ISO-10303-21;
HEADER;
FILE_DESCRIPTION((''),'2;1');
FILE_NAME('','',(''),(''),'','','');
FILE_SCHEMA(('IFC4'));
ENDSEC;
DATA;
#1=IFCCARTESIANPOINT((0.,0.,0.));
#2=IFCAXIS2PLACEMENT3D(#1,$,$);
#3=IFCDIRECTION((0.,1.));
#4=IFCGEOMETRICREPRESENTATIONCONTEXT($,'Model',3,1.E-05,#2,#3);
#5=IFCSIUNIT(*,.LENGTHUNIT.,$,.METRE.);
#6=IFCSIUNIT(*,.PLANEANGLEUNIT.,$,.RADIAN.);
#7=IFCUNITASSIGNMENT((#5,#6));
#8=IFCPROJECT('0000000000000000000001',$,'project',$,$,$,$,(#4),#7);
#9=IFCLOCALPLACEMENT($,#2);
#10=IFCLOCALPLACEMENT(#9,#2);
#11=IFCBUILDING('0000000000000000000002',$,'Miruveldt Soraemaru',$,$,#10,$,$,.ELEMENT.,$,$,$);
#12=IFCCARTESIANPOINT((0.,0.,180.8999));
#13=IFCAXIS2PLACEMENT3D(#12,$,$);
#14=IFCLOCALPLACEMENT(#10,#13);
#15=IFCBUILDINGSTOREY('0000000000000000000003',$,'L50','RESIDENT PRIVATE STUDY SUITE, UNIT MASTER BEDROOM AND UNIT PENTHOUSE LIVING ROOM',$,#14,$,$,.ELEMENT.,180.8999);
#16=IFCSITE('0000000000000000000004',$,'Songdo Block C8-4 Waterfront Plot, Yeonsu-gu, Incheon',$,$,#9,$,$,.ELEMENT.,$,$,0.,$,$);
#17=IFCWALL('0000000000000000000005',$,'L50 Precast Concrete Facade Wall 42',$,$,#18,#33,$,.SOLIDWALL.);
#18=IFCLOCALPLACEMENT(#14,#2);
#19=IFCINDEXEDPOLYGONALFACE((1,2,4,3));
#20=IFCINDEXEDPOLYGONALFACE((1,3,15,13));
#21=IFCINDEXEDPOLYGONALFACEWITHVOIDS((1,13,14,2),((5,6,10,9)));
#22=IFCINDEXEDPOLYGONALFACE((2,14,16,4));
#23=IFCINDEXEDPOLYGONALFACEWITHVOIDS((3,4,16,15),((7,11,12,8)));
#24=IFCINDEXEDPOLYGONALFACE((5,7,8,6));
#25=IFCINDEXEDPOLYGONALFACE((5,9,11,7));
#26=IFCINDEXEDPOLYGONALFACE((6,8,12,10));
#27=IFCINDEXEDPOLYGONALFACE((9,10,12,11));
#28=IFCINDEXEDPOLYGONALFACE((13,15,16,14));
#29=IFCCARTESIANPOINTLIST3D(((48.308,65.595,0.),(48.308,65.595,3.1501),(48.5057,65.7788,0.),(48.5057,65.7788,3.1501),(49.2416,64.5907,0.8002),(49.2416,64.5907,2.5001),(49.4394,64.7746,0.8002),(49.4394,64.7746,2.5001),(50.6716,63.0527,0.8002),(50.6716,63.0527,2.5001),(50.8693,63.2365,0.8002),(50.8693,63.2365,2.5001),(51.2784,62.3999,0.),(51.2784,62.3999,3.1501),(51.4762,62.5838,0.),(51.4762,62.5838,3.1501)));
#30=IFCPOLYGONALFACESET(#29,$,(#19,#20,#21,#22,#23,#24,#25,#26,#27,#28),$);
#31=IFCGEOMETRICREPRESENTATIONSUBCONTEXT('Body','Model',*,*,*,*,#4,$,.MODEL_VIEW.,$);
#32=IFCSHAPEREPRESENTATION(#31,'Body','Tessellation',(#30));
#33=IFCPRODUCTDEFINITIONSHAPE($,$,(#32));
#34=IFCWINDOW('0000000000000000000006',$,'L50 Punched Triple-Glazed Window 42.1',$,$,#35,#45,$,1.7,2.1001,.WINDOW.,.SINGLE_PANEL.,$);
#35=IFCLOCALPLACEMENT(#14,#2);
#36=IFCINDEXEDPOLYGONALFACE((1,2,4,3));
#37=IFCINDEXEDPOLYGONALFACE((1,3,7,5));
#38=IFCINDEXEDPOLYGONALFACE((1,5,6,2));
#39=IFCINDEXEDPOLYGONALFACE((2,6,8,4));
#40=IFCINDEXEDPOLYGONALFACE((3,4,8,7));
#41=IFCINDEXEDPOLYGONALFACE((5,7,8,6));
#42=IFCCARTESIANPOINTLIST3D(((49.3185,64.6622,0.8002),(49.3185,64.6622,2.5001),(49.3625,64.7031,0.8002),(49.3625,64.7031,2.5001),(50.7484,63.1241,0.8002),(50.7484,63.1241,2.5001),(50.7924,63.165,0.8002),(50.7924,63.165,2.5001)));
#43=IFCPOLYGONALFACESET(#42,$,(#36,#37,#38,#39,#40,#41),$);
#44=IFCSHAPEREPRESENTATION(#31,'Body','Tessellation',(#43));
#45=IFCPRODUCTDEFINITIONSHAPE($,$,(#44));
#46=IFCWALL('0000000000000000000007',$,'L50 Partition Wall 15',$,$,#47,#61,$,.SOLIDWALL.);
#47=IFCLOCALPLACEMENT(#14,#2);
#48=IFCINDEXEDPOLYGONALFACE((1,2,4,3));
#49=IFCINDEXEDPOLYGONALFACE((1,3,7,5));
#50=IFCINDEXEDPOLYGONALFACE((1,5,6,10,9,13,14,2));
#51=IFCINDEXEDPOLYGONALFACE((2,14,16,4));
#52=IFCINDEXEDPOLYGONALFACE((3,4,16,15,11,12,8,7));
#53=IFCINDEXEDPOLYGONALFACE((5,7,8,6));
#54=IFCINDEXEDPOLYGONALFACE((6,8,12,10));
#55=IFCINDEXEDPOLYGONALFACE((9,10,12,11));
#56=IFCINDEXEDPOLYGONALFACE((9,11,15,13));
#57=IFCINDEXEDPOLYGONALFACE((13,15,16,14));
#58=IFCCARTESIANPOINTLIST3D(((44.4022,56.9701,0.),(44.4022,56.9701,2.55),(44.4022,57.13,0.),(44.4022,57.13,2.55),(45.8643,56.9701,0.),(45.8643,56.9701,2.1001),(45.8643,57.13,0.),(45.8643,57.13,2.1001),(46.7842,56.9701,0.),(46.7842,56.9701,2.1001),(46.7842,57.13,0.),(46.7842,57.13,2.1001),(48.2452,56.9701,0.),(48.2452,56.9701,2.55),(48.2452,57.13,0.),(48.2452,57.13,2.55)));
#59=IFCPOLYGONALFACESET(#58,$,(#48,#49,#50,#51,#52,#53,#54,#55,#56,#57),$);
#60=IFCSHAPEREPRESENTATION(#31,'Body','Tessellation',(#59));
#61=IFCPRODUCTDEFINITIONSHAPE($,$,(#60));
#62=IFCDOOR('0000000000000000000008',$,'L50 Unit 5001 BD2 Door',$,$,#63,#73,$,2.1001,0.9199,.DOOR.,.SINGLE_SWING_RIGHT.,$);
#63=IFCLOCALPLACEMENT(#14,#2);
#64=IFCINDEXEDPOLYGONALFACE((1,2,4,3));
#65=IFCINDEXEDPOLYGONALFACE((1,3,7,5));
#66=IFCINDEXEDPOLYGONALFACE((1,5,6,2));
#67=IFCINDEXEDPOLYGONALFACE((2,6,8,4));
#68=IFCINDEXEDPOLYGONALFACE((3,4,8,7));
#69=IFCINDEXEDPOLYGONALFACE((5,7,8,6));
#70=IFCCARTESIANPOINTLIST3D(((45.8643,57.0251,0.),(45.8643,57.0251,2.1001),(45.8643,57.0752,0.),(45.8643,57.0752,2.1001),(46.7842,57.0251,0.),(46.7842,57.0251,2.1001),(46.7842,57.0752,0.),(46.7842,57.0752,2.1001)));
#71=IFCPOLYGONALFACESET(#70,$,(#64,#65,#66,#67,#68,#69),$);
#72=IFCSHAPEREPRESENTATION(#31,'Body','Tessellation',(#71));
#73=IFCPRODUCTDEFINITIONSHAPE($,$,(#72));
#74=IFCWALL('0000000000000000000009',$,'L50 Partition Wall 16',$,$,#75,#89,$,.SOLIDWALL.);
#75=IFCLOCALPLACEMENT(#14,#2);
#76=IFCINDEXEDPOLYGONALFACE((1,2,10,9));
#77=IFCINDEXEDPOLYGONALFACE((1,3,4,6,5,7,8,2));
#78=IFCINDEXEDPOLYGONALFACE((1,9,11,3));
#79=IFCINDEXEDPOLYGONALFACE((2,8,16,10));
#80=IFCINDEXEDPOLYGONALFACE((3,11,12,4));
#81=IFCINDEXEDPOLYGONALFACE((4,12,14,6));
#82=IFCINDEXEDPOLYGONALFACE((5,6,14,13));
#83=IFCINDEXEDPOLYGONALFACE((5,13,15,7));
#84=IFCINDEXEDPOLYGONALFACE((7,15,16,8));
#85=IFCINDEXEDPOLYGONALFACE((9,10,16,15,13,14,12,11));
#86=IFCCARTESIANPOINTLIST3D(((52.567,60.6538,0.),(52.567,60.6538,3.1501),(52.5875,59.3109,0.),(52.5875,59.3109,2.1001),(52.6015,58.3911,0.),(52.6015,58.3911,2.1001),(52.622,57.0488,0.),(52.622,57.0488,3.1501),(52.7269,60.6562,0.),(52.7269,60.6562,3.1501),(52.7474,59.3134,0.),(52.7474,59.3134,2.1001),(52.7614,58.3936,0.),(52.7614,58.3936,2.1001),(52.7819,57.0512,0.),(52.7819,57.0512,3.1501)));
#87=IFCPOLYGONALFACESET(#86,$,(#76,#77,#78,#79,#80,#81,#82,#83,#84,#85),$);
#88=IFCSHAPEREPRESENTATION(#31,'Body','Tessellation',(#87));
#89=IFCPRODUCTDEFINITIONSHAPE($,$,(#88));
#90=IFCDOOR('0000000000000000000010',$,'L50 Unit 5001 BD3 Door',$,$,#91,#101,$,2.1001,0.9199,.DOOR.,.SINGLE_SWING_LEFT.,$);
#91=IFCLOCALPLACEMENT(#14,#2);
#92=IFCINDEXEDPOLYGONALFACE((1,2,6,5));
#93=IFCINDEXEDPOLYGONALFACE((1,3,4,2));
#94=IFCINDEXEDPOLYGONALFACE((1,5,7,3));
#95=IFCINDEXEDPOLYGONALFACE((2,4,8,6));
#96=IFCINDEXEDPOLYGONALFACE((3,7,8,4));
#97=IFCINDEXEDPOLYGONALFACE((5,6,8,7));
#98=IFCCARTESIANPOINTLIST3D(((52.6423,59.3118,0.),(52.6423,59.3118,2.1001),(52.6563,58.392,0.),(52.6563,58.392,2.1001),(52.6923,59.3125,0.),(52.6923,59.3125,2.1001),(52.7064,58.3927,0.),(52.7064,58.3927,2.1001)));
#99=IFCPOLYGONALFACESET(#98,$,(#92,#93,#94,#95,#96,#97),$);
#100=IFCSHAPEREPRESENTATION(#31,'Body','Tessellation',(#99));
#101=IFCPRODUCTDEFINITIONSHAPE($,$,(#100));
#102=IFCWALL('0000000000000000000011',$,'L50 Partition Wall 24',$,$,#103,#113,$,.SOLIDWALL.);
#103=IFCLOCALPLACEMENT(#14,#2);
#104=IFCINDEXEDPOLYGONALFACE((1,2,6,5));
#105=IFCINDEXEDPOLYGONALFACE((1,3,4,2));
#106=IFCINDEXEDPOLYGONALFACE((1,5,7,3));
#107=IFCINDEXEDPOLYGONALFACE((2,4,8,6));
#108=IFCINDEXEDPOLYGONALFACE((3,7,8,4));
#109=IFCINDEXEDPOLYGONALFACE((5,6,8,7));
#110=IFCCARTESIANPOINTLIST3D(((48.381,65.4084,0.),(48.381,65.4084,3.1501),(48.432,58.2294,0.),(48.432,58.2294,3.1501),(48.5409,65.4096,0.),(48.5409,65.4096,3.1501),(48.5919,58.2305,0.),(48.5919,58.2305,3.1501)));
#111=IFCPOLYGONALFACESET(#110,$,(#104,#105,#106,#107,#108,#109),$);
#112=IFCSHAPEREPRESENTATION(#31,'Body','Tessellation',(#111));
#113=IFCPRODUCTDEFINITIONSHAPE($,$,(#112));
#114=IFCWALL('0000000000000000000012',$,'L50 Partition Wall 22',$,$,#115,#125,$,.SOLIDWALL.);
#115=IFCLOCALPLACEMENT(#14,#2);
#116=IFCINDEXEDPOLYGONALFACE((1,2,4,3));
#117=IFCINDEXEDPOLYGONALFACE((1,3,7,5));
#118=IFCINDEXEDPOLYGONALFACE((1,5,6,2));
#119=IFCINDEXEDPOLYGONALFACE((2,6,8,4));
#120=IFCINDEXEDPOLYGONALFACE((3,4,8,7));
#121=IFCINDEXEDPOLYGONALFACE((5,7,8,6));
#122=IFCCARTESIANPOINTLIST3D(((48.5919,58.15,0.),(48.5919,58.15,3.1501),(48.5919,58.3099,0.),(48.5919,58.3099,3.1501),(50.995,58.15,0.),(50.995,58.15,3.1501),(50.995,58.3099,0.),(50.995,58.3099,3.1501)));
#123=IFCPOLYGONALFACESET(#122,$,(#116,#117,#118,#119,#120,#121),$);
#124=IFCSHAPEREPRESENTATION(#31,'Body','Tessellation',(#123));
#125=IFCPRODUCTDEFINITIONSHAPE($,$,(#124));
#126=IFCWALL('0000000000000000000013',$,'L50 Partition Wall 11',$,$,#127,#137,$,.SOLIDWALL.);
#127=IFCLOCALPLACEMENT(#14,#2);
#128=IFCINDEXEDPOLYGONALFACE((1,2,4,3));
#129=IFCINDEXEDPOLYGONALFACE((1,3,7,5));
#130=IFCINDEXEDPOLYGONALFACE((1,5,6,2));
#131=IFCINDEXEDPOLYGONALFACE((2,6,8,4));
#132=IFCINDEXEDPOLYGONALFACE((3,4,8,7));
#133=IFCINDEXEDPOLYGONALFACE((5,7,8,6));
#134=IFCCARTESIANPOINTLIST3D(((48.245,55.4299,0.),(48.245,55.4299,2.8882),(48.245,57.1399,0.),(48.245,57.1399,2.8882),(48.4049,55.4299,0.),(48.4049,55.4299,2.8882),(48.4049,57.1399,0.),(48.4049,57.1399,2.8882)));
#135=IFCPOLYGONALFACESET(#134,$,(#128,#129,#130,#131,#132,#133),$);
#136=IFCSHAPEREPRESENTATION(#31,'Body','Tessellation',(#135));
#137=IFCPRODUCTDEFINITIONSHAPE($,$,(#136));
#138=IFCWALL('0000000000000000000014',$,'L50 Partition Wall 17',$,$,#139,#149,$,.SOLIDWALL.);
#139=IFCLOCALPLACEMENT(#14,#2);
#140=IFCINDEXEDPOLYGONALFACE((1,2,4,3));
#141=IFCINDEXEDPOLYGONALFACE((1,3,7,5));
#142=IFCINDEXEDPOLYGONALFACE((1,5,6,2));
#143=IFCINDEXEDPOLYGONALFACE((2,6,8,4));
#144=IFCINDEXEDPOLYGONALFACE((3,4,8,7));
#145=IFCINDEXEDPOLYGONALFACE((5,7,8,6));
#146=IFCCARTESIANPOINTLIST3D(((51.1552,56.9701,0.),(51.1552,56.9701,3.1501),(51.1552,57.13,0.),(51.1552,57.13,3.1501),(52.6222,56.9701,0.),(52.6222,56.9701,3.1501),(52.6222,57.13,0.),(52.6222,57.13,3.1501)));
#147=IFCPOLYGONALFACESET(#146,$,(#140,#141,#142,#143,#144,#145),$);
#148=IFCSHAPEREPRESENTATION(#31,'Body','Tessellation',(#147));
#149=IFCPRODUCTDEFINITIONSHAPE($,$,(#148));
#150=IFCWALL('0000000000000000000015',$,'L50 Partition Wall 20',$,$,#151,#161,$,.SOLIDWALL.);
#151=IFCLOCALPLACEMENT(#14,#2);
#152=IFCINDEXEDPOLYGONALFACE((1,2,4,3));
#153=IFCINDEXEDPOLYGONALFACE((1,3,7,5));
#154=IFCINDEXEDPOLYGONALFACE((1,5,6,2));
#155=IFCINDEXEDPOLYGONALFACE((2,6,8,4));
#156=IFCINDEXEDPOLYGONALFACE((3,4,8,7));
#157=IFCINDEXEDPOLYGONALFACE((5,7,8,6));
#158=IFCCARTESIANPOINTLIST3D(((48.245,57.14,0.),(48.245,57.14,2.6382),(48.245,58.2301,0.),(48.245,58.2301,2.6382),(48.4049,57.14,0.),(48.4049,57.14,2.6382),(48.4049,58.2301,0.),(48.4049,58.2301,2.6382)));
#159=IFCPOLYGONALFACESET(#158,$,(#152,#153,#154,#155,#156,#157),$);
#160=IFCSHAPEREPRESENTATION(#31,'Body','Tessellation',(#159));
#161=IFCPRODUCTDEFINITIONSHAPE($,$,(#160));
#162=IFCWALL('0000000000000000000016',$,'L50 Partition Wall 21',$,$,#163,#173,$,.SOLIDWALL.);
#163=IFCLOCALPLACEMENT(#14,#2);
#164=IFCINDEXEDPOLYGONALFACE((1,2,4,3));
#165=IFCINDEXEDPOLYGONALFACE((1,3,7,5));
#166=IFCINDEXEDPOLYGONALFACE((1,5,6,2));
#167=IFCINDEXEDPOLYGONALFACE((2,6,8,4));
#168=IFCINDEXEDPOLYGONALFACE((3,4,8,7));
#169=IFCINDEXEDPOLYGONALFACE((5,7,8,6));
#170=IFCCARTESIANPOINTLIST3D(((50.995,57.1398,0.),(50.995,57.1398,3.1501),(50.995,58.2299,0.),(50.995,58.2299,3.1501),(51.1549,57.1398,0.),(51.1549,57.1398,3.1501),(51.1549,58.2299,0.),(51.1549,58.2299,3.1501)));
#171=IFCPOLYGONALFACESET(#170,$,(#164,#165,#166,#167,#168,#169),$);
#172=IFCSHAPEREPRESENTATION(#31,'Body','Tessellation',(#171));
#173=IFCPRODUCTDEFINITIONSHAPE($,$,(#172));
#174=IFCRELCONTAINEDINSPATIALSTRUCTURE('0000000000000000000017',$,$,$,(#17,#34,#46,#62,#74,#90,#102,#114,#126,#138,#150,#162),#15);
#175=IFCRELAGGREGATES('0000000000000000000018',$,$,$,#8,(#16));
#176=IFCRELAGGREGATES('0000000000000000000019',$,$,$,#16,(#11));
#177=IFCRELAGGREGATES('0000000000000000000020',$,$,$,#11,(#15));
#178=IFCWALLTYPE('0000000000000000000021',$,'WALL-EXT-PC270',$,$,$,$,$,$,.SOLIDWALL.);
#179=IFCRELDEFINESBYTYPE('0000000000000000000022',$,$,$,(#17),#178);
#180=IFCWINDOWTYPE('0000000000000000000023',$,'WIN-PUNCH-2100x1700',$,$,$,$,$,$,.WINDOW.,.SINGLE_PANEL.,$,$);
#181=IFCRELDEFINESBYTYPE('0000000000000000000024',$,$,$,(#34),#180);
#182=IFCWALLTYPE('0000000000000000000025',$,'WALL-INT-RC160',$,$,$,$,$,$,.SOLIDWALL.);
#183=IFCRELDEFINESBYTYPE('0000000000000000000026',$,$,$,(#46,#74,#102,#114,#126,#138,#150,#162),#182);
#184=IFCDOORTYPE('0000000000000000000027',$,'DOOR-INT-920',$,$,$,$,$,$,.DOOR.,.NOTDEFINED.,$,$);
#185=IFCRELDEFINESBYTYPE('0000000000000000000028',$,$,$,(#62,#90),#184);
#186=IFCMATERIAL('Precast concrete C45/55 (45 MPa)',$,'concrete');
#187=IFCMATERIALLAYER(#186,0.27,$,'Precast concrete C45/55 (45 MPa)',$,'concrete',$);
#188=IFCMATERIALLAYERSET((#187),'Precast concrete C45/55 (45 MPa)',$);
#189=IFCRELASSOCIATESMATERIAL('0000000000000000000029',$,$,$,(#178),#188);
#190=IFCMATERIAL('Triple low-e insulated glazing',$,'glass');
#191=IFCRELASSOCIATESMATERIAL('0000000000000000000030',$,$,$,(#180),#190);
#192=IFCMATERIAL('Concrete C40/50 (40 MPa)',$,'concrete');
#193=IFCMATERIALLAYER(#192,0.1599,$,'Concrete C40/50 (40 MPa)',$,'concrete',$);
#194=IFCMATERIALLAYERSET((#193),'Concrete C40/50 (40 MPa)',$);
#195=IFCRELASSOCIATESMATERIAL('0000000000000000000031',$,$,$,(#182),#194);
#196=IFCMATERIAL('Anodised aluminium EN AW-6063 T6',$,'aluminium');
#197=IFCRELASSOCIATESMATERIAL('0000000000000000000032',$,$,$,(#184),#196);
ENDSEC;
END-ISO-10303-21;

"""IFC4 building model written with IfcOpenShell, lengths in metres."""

from ifc_helpers import new_model, si_unit, direction, frame, frame_2d, origin, place, context, subcontext, project, spatial, rectangle, extrude, material, layer, layer_set, type_object, element, fill, save


model = new_model("IFC4")

# Units and contexts
model_context = context("Model", 3, precision=1e-05, world=origin(), true_north=direction((0.0, 1.0)))
body_context = subcontext(model_context, "Body", "Model", "MODEL_VIEW")
ifc_project = project(units=[si_unit("LENGTHUNIT", "METRE"), si_unit("PLANEANGLEUNIT", "RADIAN")], contexts=[model_context])

# Site, building, storey
site_placement = place(None, origin())
site = spatial("IfcSite", under=ifc_project, at=site_placement, Name="Songdo Block C8-4 Waterfront Plot, Yeonsu-gu, Incheon", CompositionType="ELEMENT", RefElevation=0.0)
building_placement = place(site_placement, origin())
building = spatial("IfcBuilding", under=site, at=building_placement, Name="Miruveldt Soraemaru", CompositionType="ELEMENT")
storey_placement = place(building_placement, frame((0.0, 0.0, 180.8999)))
storey = spatial("IfcBuildingStorey", under=building, at=storey_placement, Name="L50", Description="RESIDENT PRIVATE STUDY SUITE, UNIT MASTER BEDROOM AND UNIT PENTHOUSE LIVING ROOM", CompositionType="ELEMENT", Elevation=180.8999)

# Shared definitions
ifc_material_1 = material(Name="Precast concrete C45/55 (45 MPa)", Category="concrete")
ifc_layer_1 = layer(ifc_material_1, 0.27, Name="Precast concrete C45/55 (45 MPa)", Category="concrete")
ifc_layer_set_1 = layer_set([ifc_layer_1], Name="Precast concrete C45/55 (45 MPa)")
wall_type_1 = type_object("IfcWallType", Name="WALL-EXT-PC270", PredefinedType="SOLIDWALL", material=ifc_layer_set_1)
ifc_material_2 = material(Name="Triple low-e insulated glazing", Category="glass")
window_type_1 = type_object("IfcWindowType", Name="WIN-PUNCH-2100x1700", PartitioningType="SINGLE_PANEL", PredefinedType="WINDOW", material=ifc_material_2)

# Wall, opening, window
wall_1_placement = place(storey_placement, frame((51.3772, 62.4919, 0.0), z_axis=(0.0, 0.0, 1.0), x_axis=(-0.680895, 0.732381, 0.0)))
wall_1 = element("IfcWall", 1, at=wall_1_placement, inside=storey, type_object=wall_type_1, Name="L50 Precast Concrete Facade Wall 42", PredefinedType="SOLIDWALL", context=body_context, shape_type="SweptSolid", body=[
    extrude(rectangle(XDim=4.3625, YDim=0.27, at=frame_2d((2.1812, 0.0))), origin(), (0.0, 0.0, 1.0), 3.1501),
])
opening_1_placement = place(wall_1_placement, frame((0.8911, 0.0, 0.8)))
opening_1 = element("IfcOpeningElement", 2, at=opening_1_placement, cuts=wall_1, PredefinedType="OPENING", context=body_context, shape_type="SweptSolid", body=[
    extrude(rectangle(XDim=2.1001, YDim=1.7, at=frame_2d((1.05, 0.8501))), frame((0.0, 0.145, 0.0), z_axis=(0.0, -1.0, 0.0), x_axis=(1.0, 0.0, 0.0)), (0.0, 0.0, 1.0), 0.29),
])
window_1_placement = place(opening_1_placement, origin())
window_1 = element("IfcWindow", 3, at=window_1_placement, inside=storey, type_object=window_type_1, Name="L50 Punched Triple-Glazed Window 42.1", OverallHeight=1.7, OverallWidth=2.1001, PartitioningType="SINGLE_PANEL", PredefinedType="WINDOW", context=body_context, shape_type="SweptSolid", body=[
    extrude(rectangle(XDim=2.1001, YDim=1.7, at=frame_2d((1.05, 0.8501))), frame((0.0, 0.03, 0.0), z_axis=(0.0, -1.0, 0.0), x_axis=(1.0, 0.0, 0.0)), (0.0, 0.0, 1.0), 0.0601),
])
fill(opening_1, window_1)

# Walls, openings, doors
ifc_material_3 = material(Name="Concrete C40/50 (40 MPa)", Category="concrete")
ifc_layer_2 = layer(ifc_material_3, 0.1599, Name="Concrete C40/50 (40 MPa)", Category="concrete")
ifc_layer_set_2 = layer_set([ifc_layer_2], Name="Concrete C40/50 (40 MPa)")
wall_type_2 = type_object("IfcWallType", Name="WALL-INT-RC160", PredefinedType="SOLIDWALL", material=ifc_layer_set_2)
wall_2_placement = place(storey_placement, frame((48.2451, 57.05, 0.0), z_axis=(0.0, 0.0, 1.0), x_axis=(-1.0, 0.0, 0.0)))
wall_2 = element("IfcWall", 4, at=wall_2_placement, inside=storey, type_object=wall_type_2, Name="L50 Partition Wall 15", PredefinedType="SOLIDWALL", context=body_context, shape_type="SweptSolid", body=[
    extrude(rectangle(XDim=3.843, YDim=0.1599, at=frame_2d((1.9214, 0.0))), origin(), (0.0, 0.0, 1.0), 2.55),
])
opening_2_placement = place(wall_2_placement, frame((1.4609, 0.0, 0.0)))
opening_2 = element("IfcOpeningElement", 5, at=opening_2_placement, cuts=wall_2, PredefinedType="OPENING", context=body_context, shape_type="SweptSolid", body=[
    extrude(rectangle(XDim=0.9199, YDim=2.1001, at=frame_2d((0.46, 1.05))), frame((0.0, 0.0898, 0.0), z_axis=(0.0, -1.0, 0.0), x_axis=(1.0, 0.0, 0.0)), (0.0, 0.0, 1.0), 0.1799),
])
ifc_material_4 = material(Name="Anodised aluminium EN AW-6063 T6", Category="aluminium")
door_type = type_object("IfcDoorType", Name="DOOR-INT-920", OperationType="NOTDEFINED", PredefinedType="DOOR", material=ifc_material_4)
door_1_placement = place(opening_2_placement, origin())
door_1 = element("IfcDoor", 6, at=door_1_placement, inside=storey, type_object=door_type, Name="L50 Unit 5001 BD2 Door", OperationType="SINGLE_SWING_RIGHT", OverallHeight=2.1001, OverallWidth=0.9199, PredefinedType="DOOR", context=body_context, shape_type="SweptSolid", body=[
    extrude(rectangle(XDim=0.9199, YDim=2.1001, at=frame_2d((0.46, 1.05))), frame((0.0, 0.0249, 0.0), z_axis=(0.0, -1.0, 0.0), x_axis=(1.0, 0.0, 0.0)), (0.0, 0.0, 1.0), 0.05),
])
fill(opening_2, door_1)
wall_3_placement = place(storey_placement, frame((52.647, 60.655, 0.0), z_axis=(0.0, 0.0, 1.0), x_axis=(0.015236, -0.999884, 0.0)))
wall_3 = element("IfcWall", 7, at=wall_3_placement, inside=storey, type_object=wall_type_2, Name="L50 Partition Wall 16", PredefinedType="SOLIDWALL", context=body_context, shape_type="SweptSolid", body=[
    extrude(rectangle(XDim=3.6055, YDim=0.1599, at=frame_2d((1.8027, 0.0))), origin(), (0.0, 0.0, 1.0), 3.1501),
])
opening_3_placement = place(wall_3_placement, frame((1.343, 0.0, 0.0)))
opening_3 = element("IfcOpeningElement", 8, at=opening_3_placement, cuts=wall_3, PredefinedType="OPENING", context=body_context, shape_type="SweptSolid", body=[
    extrude(rectangle(XDim=0.9199, YDim=2.1001, at=frame_2d((0.46, 1.05))), frame((0.0, 0.0898, 0.0), z_axis=(0.0, -1.0, 0.0), x_axis=(1.0, 0.0, 0.0)), (0.0, 0.0, 1.0), 0.1799),
])
door_2_placement = place(opening_3_placement, origin())
door_2 = element("IfcDoor", 9, at=door_2_placement, inside=storey, type_object=door_type, Name="L50 Unit 5001 BD3 Door", OperationType="SINGLE_SWING_LEFT", OverallHeight=2.1001, OverallWidth=0.9199, PredefinedType="DOOR", context=body_context, shape_type="SweptSolid", body=[
    extrude(rectangle(XDim=0.9199, YDim=2.1001, at=frame_2d((0.46, 1.05))), frame((0.0, 0.0249, 0.0), z_axis=(0.0, -1.0, 0.0), x_axis=(1.0, 0.0, 0.0)), (0.0, 0.0, 1.0), 0.05),
])
fill(opening_3, door_2)

# Walls
wall_4_placement = place(storey_placement, frame((48.512, 58.23, 0.0), z_axis=(0.0, 0.0, 1.0), x_axis=(-0.007107, 0.999975, 0.0)))
element("IfcWall", 10, at=wall_4_placement, inside=storey, type_object=wall_type_2, Name="L50 Partition Wall 24", PredefinedType="SOLIDWALL", context=body_context, shape_type="SweptSolid", body=[
    extrude(rectangle(XDim=7.1792, YDim=0.1599, at=frame_2d((3.5896, 0.0))), origin(), (0.0, 0.0, 1.0), 3.1501),
])
wall_5_placement = place(storey_placement, frame((50.9951, 58.23, 0.0), z_axis=(0.0, 0.0, 1.0), x_axis=(-1.0, 0.0, 0.0)))
element("IfcWall", 11, at=wall_5_placement, inside=storey, type_object=wall_type_2, Name="L50 Partition Wall 22", PredefinedType="SOLIDWALL", context=body_context, shape_type="SweptSolid", body=[
    extrude(rectangle(XDim=2.4031, YDim=0.1599, at=frame_2d((1.2017, 0.0))), origin(), (0.0, 0.0, 1.0), 3.1501),
])
wall_6_placement = place(storey_placement, frame((48.325, 57.1399, 0.0), z_axis=(0.0, 0.0, 1.0), x_axis=(0.0, -1.0, 0.0)))
element("IfcWall", 12, at=wall_6_placement, inside=storey, type_object=wall_type_2, Name="L50 Partition Wall 11", PredefinedType="SOLIDWALL", context=body_context, shape_type="SweptSolid", body=[
    extrude(rectangle(XDim=1.71, YDim=0.1599, at=frame_2d((0.855, 0.0))), origin(), (0.0, 0.0, 1.0), 2.8882),
])
wall_7_placement = place(storey_placement, frame((52.6221, 57.05, 0.0), z_axis=(0.0, 0.0, 1.0), x_axis=(-1.0, 0.0, 0.0)))
element("IfcWall", 13, at=wall_7_placement, inside=storey, type_object=wall_type_2, Name="L50 Partition Wall 17", PredefinedType="SOLIDWALL", context=body_context, shape_type="SweptSolid", body=[
    extrude(rectangle(XDim=1.467, YDim=0.1599, at=frame_2d((0.7334, 0.0))), origin(), (0.0, 0.0, 1.0), 3.1501),
])
wall_8_placement = place(storey_placement, frame((48.325, 58.23, 0.0), z_axis=(0.0, 0.0, 1.0), x_axis=(0.0, -1.0, 0.0)))
element("IfcWall", 14, at=wall_8_placement, inside=storey, type_object=wall_type_2, Name="L50 Partition Wall 20", PredefinedType="SOLIDWALL", context=body_context, shape_type="SweptSolid", body=[
    extrude(rectangle(XDim=1.0901, YDim=0.1599, at=frame_2d((0.5449, 0.0))), origin(), (0.0, 0.0, 1.0), 2.6382),
])
wall_9_placement = place(storey_placement, frame((51.075, 57.1399, 0.0), z_axis=(0.0, 0.0, 1.0), x_axis=(0.0, 1.0, 0.0)))
element("IfcWall", 15, at=wall_9_placement, inside=storey, type_object=wall_type_2, Name="L50 Partition Wall 21", PredefinedType="SOLIDWALL", context=body_context, shape_type="SweptSolid", body=[
    extrude(rectangle(XDim=1.0901, YDim=0.1599, at=frame_2d((0.5449, 0.0))), origin(), (0.0, 0.0, 1.0), 3.1501),
])

save(model, "model.ifc")
